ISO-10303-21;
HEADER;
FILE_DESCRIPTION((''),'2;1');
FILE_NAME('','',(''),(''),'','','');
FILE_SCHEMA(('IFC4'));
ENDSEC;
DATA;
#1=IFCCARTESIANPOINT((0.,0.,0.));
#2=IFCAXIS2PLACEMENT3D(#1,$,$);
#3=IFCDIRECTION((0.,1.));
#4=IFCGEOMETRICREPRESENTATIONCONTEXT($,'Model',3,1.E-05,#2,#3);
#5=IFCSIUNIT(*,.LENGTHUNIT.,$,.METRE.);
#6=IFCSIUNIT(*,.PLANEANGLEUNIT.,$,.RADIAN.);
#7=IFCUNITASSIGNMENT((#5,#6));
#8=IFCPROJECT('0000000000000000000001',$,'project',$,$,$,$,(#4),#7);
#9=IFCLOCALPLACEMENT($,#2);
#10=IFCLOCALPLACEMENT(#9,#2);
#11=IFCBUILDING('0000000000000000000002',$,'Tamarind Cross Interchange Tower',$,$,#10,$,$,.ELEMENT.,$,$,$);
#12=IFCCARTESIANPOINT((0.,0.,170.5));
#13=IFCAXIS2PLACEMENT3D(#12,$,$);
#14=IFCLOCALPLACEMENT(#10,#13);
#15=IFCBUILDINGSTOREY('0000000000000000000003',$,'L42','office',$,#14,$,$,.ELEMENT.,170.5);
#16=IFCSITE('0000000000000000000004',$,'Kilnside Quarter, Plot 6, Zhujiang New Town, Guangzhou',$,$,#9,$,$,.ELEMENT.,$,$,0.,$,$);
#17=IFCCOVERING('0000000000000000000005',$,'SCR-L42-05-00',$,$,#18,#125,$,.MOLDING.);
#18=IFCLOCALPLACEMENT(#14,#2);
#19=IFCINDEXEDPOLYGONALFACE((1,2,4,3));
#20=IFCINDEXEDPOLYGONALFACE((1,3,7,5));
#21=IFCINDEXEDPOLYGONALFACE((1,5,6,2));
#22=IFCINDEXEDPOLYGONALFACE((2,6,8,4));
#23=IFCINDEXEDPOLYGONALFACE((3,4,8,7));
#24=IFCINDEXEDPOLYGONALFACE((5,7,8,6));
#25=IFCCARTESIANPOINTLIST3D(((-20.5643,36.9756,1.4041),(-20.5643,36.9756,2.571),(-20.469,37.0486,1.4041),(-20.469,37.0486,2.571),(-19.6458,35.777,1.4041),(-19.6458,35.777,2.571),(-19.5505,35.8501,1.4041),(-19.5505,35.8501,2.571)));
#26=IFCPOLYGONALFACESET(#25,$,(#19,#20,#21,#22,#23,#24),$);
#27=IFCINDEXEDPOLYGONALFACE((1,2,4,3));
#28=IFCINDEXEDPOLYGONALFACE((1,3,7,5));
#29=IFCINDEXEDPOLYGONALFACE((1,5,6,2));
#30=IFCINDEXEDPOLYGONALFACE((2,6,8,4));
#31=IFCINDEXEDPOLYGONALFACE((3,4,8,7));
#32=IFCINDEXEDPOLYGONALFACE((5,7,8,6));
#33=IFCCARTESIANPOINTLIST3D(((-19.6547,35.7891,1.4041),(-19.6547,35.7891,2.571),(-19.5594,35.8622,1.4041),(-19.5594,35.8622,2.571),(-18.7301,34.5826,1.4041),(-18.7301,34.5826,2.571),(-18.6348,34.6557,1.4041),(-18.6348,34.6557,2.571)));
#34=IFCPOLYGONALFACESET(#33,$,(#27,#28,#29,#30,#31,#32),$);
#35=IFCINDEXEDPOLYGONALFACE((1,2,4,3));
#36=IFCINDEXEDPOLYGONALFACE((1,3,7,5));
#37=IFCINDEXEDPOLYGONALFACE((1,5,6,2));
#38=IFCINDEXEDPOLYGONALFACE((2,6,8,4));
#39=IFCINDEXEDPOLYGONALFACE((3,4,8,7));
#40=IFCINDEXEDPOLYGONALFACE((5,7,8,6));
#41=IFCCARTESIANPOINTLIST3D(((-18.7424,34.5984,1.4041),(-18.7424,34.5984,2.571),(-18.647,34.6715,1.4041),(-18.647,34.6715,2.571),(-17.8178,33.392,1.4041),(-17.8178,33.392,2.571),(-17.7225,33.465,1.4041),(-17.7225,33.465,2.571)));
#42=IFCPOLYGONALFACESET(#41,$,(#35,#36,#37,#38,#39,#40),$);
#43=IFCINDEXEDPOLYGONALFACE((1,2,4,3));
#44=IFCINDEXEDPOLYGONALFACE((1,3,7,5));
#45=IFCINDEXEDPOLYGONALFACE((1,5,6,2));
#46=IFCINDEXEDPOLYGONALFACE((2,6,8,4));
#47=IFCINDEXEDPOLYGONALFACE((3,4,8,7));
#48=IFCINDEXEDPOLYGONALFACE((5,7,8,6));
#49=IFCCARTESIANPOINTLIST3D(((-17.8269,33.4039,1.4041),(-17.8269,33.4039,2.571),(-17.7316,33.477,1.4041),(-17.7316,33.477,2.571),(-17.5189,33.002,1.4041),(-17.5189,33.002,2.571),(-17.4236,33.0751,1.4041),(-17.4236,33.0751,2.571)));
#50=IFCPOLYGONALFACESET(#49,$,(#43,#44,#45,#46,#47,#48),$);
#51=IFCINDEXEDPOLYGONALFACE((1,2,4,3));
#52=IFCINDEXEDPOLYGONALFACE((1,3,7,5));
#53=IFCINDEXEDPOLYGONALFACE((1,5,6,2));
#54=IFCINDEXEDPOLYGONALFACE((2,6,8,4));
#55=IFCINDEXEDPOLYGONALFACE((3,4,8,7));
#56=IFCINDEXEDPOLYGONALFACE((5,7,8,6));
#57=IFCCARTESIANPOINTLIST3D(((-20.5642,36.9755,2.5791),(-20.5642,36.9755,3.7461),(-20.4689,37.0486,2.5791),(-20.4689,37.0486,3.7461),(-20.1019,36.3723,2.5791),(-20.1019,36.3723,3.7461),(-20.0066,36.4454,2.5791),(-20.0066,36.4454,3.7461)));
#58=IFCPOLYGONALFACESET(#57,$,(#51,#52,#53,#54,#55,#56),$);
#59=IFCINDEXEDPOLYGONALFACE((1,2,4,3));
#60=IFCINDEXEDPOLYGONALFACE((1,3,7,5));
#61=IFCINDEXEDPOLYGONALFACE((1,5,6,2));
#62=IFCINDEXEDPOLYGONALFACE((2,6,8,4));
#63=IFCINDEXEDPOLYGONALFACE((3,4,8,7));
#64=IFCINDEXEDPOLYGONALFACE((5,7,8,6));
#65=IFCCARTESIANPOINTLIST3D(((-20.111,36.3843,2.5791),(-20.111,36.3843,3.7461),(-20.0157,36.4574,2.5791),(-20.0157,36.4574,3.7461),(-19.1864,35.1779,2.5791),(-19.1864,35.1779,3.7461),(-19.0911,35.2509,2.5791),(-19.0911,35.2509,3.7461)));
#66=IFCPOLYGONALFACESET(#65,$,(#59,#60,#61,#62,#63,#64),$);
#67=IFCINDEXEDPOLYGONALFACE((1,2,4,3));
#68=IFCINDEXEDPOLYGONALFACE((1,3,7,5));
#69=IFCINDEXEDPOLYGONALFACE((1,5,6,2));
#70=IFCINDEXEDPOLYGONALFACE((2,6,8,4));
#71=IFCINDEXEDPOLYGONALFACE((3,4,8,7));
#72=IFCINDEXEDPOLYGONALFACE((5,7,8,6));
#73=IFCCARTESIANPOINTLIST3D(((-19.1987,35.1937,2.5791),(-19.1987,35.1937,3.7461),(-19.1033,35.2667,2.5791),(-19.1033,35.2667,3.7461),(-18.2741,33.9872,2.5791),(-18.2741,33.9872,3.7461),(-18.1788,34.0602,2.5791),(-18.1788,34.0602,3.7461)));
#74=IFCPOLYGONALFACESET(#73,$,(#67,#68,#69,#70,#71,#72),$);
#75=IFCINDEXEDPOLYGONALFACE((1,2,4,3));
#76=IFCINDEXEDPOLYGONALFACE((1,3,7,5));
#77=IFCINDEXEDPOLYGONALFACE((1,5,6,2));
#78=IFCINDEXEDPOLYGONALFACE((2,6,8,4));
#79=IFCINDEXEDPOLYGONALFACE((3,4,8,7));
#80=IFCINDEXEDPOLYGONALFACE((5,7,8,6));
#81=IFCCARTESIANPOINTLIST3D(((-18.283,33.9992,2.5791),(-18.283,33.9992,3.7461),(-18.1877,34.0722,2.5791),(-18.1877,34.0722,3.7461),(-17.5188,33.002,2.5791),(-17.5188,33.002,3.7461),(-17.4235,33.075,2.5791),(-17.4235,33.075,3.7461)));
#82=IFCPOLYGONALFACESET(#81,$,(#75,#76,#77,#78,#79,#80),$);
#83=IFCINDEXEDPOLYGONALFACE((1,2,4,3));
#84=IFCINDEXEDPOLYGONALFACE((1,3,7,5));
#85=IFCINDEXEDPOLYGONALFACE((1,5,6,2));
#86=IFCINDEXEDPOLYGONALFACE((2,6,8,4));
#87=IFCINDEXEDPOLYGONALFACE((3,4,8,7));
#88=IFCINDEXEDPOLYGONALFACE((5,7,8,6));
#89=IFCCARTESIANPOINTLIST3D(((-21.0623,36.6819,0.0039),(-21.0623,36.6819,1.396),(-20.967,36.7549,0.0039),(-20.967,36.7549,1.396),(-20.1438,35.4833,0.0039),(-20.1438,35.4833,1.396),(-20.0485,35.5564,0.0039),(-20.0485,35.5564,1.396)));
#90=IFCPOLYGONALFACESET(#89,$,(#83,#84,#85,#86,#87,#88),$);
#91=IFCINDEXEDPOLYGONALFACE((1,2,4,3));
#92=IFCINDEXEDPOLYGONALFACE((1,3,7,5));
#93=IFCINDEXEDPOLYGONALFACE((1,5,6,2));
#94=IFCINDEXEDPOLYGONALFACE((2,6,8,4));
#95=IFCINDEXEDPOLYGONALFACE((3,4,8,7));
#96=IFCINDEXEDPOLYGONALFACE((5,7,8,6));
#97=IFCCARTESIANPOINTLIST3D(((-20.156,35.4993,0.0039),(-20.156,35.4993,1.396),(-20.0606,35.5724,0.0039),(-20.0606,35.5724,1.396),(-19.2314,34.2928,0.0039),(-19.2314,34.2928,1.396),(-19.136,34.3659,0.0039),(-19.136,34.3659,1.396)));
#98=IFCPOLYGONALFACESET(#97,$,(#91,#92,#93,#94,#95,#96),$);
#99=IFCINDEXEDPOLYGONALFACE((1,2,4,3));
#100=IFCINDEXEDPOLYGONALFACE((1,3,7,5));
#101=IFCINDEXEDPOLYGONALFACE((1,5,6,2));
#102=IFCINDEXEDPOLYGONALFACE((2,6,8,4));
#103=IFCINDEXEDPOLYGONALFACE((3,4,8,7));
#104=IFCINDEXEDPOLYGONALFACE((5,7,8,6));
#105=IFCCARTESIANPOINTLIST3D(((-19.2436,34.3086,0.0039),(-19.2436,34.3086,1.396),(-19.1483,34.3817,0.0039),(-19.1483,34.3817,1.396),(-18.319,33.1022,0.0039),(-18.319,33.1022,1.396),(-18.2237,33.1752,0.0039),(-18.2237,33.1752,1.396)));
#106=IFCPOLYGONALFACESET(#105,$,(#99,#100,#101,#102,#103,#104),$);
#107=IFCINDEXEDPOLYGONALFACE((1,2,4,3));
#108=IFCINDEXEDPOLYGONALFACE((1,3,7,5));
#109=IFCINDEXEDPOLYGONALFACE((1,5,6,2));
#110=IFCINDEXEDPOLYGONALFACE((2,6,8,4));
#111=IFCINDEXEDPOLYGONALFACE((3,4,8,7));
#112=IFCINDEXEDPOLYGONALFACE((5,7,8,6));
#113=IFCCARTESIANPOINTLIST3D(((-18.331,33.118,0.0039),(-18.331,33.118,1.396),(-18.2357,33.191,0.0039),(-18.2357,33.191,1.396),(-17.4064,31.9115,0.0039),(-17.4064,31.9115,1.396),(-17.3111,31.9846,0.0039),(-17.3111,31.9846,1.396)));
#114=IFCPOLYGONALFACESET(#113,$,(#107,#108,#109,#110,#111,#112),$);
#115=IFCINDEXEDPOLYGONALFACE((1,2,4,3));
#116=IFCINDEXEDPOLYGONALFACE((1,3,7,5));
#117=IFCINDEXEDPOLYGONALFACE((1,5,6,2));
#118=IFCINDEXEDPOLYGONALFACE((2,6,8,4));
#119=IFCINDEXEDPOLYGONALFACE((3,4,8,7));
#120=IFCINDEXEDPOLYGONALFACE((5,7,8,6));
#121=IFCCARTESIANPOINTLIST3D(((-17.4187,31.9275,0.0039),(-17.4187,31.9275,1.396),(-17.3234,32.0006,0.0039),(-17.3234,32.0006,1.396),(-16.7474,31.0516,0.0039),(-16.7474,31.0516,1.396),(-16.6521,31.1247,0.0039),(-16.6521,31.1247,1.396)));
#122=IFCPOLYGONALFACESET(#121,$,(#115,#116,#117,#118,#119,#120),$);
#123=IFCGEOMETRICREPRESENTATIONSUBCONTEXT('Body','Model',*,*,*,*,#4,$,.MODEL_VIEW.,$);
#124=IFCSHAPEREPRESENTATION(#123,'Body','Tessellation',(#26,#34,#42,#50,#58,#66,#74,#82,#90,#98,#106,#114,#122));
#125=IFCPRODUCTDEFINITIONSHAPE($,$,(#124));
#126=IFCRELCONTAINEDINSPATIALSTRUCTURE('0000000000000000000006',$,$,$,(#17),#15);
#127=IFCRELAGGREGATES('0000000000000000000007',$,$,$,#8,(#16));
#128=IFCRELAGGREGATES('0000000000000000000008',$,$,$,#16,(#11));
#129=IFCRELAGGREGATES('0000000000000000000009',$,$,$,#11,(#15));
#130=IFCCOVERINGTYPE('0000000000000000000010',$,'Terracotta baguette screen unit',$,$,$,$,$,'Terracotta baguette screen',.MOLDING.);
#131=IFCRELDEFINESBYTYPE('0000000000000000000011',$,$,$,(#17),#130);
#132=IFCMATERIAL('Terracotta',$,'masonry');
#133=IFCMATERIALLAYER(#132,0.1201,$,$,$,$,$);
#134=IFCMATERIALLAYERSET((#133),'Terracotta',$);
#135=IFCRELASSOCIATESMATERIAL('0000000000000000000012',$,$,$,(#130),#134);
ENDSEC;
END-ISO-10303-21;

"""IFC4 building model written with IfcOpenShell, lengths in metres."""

from ifc_helpers import new_model, si_unit, direction, frame, origin, origin_2d, place, context, subcontext, project, spatial, rectangle, extrude, material, layer, layer_set, type_object, element, save


model = new_model("IFC4")

# Units and contexts
model_context = context("Model", 3, precision=1e-05, world=origin(), true_north=direction((0.0, 1.0)))
body_context = subcontext(model_context, "Body", "Model", "MODEL_VIEW")
ifc_project = project(units=[si_unit("LENGTHUNIT", "METRE"), si_unit("PLANEANGLEUNIT", "RADIAN")], contexts=[model_context])

# Site, building, storey
site_placement = place(None, origin())
site = spatial("IfcSite", under=ifc_project, at=site_placement, Name="Kilnside Quarter, Plot 6, Zhujiang New Town, Guangzhou", CompositionType="ELEMENT", RefElevation=0.0)
building_placement = place(site_placement, origin())
building = spatial("IfcBuilding", under=site, at=building_placement, Name="Tamarind Cross Interchange Tower", CompositionType="ELEMENT")
storey_placement = place(building_placement, frame((0.0, 0.0, 170.5)))
storey = spatial("IfcBuildingStorey", under=building, at=storey_placement, Name="L42", Description="office", CompositionType="ELEMENT", Elevation=170.5)

# Covering
ifc_material_1 = material(Name="Terracotta", Category="masonry")
ifc_layer_1 = layer(ifc_material_1, 0.1201)
ifc_layer_set_1 = layer_set([ifc_layer_1], Name="Terracotta")
covering_type = type_object("IfcCoveringType", Name="Terracotta baguette screen unit", ElementType="Terracotta baguette screen", PredefinedType="MOLDING", material=ifc_layer_set_1)
covering_1_placement = place(storey_placement, origin())
element("IfcCovering", 1, at=covering_1_placement, inside=storey, type_object=covering_type, Name="SCR-L42-05-00", PredefinedType="MOLDING", context=body_context, shape_type="SweptSolid", body=[
    extrude(rectangle(XDim=1.51, YDim=0.1201, at=origin_2d()), frame((-20.0574, 36.4128, 1.4041), z_axis=(0.0, 0.0, 1.0), x_axis=(0.608277, -0.793725, 0.0)), (0.0, 0.0, 1.0), 1.167),
    extrude(rectangle(XDim=1.52, YDim=0.1201, at=origin_2d()), frame((-19.1448, 35.2224, 1.4041), z_axis=(0.0, 0.0, 1.0), x_axis=(0.608277, -0.793725, 0.0)), (0.0, 0.0, 1.0), 1.167),
    extrude(rectangle(XDim=1.52, YDim=0.1201, at=origin_2d()), frame((-18.2324, 34.0317, 1.4041), z_axis=(0.0, 0.0, 1.0), x_axis=(0.608277, -0.793725, 0.0)), (0.0, 0.0, 1.0), 1.167),
    extrude(rectangle(XDim=0.5063, YDim=0.1201, at=origin_2d()), frame((-17.6252, 33.2395, 1.4041), z_axis=(0.0, 0.0, 1.0), x_axis=(0.608277, -0.793725, 0.0)), (0.0, 0.0, 1.0), 1.167),
    extrude(rectangle(XDim=0.76, YDim=0.1201, at=origin_2d()), frame((-20.2854, 36.7104, 2.5791), z_axis=(0.0, 0.0, 1.0), x_axis=(0.608277, -0.793725, 0.0)), (0.0, 0.0, 1.0), 1.167),
    extrude(rectangle(XDim=1.52, YDim=0.1201, at=origin_2d()), frame((-19.6011, 35.8176, 2.5791), z_axis=(0.0, 0.0, 1.0), x_axis=(0.608277, -0.793725, 0.0)), (0.0, 0.0, 1.0), 1.167),
    extrude(rectangle(XDim=1.52, YDim=0.1201, at=origin_2d()), frame((-18.6887, 34.627, 2.5791), z_axis=(0.0, 0.0, 1.0), x_axis=(0.608277, -0.793725, 0.0)), (0.0, 0.0, 1.0), 1.167),
    extrude(rectangle(XDim=1.2563, YDim=0.1201, at=origin_2d()), frame((-17.8533, 33.5371, 2.5791), z_axis=(0.0, 0.0, 1.0), x_axis=(0.608277, -0.793725, 0.0)), (0.0, 0.0, 1.0), 1.167),
    extrude(rectangle(XDim=1.51, YDim=0.1201, at=origin_2d()), frame((-20.5554, 36.1191, 0.0039), z_axis=(0.0, 0.0, 1.0), x_axis=(0.608277, -0.793725, 0.0)), (0.0, 0.0, 1.0), 1.3921),
    extrude(rectangle(XDim=1.52, YDim=0.1201, at=origin_2d()), frame((-19.646, 34.9326, 0.0039), z_axis=(0.0, 0.0, 1.0), x_axis=(0.608277, -0.793725, 0.0)), (0.0, 0.0, 1.0), 1.3921),
    extrude(rectangle(XDim=1.52, YDim=0.1201, at=origin_2d()), frame((-18.7336, 33.7419, 0.0039), z_axis=(0.0, 0.0, 1.0), x_axis=(0.608277, -0.793725, 0.0)), (0.0, 0.0, 1.0), 1.3921),
    extrude(rectangle(XDim=1.52, YDim=0.1201, at=origin_2d()), frame((-17.821, 32.5513, 0.0039), z_axis=(0.0, 0.0, 1.0), x_axis=(0.608277, -0.793725, 0.0)), (0.0, 0.0, 1.0), 1.3921),
    extrude(rectangle(XDim=1.1035, YDim=0.1201, at=origin_2d()), frame((-17.0354, 31.5261, 0.0039), z_axis=(0.0, 0.0, 1.0), x_axis=(0.608277, -0.793725, 0.0)), (0.0, 0.0, 1.0), 1.3921),
])

save(model, "model.ifc")
